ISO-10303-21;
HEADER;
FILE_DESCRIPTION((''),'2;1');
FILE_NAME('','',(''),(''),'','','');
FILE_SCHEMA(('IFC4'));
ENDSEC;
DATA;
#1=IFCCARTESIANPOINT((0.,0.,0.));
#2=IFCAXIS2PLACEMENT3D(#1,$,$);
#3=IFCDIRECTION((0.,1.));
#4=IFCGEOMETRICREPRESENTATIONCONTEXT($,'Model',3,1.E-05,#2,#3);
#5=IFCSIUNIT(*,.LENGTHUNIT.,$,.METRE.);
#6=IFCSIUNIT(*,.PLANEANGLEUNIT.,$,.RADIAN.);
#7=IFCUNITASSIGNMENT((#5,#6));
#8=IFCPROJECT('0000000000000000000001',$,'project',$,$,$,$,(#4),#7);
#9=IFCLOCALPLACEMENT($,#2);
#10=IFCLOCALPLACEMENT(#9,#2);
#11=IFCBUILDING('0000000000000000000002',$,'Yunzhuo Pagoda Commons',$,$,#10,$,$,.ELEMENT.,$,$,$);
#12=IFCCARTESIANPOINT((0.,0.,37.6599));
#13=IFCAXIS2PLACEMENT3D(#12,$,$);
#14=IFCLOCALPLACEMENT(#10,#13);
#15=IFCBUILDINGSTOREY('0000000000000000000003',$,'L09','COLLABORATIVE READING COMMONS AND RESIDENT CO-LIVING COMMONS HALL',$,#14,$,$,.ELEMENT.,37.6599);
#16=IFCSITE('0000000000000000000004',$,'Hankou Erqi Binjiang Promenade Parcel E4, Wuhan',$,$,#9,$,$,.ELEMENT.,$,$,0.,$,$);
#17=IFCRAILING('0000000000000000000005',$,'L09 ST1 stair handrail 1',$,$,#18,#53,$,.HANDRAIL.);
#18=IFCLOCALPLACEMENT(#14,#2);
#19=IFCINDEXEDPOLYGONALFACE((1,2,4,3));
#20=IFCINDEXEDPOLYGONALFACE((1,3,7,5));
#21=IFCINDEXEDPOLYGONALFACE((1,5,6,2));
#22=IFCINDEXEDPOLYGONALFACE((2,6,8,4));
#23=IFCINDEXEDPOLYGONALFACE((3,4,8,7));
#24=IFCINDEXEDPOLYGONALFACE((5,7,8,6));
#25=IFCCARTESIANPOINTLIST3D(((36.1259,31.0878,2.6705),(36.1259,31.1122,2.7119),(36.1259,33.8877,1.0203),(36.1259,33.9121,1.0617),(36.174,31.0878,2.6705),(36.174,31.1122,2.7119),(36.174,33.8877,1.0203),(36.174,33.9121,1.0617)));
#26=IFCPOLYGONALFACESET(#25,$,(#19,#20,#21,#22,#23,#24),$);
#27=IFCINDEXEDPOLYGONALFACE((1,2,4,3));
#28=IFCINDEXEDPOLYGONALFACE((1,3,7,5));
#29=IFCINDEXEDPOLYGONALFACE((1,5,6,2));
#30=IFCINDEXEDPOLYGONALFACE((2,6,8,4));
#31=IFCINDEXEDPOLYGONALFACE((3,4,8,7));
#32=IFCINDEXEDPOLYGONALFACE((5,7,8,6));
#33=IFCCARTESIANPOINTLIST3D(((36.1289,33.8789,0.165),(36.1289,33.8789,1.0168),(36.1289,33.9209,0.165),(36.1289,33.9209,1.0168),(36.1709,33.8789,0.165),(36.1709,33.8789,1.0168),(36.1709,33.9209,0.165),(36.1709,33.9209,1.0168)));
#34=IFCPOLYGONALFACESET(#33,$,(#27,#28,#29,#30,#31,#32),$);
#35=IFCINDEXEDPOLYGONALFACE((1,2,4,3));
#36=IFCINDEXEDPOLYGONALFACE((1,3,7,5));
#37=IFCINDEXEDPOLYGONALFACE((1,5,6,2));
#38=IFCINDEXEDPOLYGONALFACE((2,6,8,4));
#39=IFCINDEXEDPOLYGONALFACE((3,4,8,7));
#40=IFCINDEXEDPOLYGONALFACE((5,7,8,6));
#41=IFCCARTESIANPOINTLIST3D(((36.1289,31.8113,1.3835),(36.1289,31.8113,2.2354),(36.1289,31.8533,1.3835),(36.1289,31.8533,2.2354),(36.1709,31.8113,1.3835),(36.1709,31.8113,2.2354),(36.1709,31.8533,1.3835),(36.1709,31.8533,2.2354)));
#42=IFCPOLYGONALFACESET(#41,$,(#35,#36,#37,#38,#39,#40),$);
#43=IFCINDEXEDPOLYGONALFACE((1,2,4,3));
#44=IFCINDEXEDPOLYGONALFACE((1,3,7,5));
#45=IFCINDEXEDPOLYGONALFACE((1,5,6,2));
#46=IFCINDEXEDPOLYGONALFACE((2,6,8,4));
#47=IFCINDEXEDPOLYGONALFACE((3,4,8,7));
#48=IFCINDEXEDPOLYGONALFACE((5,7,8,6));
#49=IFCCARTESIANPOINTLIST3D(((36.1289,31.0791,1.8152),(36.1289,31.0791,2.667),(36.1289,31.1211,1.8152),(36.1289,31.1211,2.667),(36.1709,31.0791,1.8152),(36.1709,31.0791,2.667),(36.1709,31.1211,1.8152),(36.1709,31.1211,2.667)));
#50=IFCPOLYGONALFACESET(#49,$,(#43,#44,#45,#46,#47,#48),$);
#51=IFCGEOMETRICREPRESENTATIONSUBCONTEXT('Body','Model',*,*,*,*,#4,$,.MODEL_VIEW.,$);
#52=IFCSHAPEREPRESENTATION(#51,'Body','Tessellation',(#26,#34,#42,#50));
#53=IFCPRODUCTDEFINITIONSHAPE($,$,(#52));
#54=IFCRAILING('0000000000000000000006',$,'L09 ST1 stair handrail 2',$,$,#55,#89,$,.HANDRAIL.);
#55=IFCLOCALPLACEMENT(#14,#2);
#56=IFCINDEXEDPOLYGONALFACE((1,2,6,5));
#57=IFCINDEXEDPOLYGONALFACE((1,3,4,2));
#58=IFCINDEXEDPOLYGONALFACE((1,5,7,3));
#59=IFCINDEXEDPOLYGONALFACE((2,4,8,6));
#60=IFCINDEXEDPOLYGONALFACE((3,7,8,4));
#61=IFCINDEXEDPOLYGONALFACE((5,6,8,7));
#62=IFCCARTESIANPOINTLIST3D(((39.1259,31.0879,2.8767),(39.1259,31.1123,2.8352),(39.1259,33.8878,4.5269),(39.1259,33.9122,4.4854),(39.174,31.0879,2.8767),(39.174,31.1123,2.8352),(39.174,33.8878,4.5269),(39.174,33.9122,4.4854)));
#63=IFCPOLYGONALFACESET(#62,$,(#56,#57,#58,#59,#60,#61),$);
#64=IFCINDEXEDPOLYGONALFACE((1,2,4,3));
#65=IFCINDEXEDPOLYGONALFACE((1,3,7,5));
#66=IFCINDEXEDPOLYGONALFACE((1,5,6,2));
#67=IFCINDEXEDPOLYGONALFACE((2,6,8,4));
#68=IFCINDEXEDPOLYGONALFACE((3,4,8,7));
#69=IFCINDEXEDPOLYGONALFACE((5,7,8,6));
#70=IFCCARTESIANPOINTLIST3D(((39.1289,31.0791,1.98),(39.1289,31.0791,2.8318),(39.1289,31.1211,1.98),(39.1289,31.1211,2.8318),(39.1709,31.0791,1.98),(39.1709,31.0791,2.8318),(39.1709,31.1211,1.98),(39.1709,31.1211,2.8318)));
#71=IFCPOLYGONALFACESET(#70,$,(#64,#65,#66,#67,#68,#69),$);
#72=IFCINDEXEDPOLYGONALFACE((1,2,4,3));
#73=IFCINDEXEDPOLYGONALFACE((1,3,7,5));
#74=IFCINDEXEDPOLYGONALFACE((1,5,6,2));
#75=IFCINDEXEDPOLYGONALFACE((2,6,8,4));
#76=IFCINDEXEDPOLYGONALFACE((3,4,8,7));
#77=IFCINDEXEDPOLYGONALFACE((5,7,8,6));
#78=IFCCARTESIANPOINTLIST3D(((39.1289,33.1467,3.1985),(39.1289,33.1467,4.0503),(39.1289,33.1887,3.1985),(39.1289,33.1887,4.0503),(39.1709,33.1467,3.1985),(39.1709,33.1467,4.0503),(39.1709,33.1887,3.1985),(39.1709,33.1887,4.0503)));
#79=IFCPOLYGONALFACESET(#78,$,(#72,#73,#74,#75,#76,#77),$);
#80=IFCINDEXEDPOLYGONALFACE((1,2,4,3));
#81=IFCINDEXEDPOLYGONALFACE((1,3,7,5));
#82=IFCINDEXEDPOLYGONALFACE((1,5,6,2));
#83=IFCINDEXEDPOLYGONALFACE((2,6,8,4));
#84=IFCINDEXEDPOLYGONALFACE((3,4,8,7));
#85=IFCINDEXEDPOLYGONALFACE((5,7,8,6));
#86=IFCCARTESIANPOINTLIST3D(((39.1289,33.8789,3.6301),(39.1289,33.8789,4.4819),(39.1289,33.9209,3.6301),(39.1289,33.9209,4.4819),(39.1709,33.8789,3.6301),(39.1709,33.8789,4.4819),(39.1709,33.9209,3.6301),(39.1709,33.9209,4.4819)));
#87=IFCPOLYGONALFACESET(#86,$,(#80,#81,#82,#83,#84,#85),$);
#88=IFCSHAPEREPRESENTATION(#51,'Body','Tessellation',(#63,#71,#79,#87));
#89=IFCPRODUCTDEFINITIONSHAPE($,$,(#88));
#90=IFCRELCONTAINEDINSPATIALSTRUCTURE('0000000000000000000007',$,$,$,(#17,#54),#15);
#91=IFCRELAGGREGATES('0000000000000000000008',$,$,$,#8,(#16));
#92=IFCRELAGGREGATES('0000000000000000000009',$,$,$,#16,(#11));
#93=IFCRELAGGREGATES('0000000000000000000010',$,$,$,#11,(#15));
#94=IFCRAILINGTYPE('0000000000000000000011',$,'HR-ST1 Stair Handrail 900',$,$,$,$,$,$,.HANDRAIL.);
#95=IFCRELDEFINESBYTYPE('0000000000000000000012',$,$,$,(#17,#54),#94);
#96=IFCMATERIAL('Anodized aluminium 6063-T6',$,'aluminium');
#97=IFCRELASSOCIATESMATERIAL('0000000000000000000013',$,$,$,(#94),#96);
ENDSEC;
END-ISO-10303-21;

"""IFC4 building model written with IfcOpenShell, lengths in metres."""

from ifc_helpers import new_model, si_unit, direction, frame, origin, origin_2d, place, context, subcontext, project, spatial, rectangle, extrude, material, type_object, element, save


model = new_model("IFC4")

# Units and contexts
model_context = context("Model", 3, precision=1e-05, world=origin(), true_north=direction((0.0, 1.0)))
body_context = subcontext(model_context, "Body", "Model", "MODEL_VIEW")
ifc_project = project(units=[si_unit("LENGTHUNIT", "METRE"), si_unit("PLANEANGLEUNIT", "RADIAN")], contexts=[model_context])

# Site, building, storey
site_placement = place(None, origin())
site = spatial("IfcSite", under=ifc_project, at=site_placement, Name="Hankou Erqi Binjiang Promenade Parcel E4, Wuhan", CompositionType="ELEMENT", RefElevation=0.0)
building_placement = place(site_placement, origin())
building = spatial("IfcBuilding", under=site, at=building_placement, Name="Yunzhuo Pagoda Commons", CompositionType="ELEMENT")
storey_placement = place(building_placement, frame((0.0, 0.0, 37.6599)))
storey = spatial("IfcBuildingStorey", under=building, at=storey_placement, Name="L09", Description="COLLABORATIVE READING COMMONS AND RESIDENT CO-LIVING COMMONS HALL", CompositionType="ELEMENT", Elevation=37.6599)

# Railings
ifc_material_1 = material(Name="Anodized aluminium 6063-T6", Category="aluminium")
railing_type_1 = type_object("IfcRailingType", Name="HR-ST1 Stair Handrail 900", PredefinedType="HANDRAIL", material=ifc_material_1)
railing_1_placement = place(storey_placement, frame((36.1499, 33.8999, 0.165)))
element("IfcRailing", 1, at=railing_1_placement, inside=storey, type_object=railing_type_1, Name="L09 ST1 stair handrail 1", PredefinedType="HANDRAIL", context=body_context, shape_type="SweptSolid", body=[
    extrude(rectangle(XDim=0.0481, YDim=0.0481, at=origin_2d()), frame((0.0, 0.0, 0.876), z_axis=(0.0, -0.861503, 0.507752), x_axis=(1.0, 0.0, 0.0)), (0.0, 0.0, 1.0), 3.25),
    extrude(rectangle(XDim=0.042, YDim=0.042, at=origin_2d()), origin(), (0.0, 0.0, 1.0), 0.8518),
    extrude(rectangle(XDim=0.042, YDim=0.042, at=origin_2d()), frame((0.0, -2.0676, 1.2185)), (0.0, 0.0, 1.0), 0.8518),
    extrude(rectangle(XDim=0.042, YDim=0.042, at=origin_2d()), frame((0.0, -2.7998, 1.6501)), (0.0, 0.0, 1.0), 0.8518),
])
railing_2_placement = place(storey_placement, frame((39.1499, 31.1001, 1.98)))
element("IfcRailing", 2, at=railing_2_placement, inside=storey, type_object=railing_type_1, Name="L09 ST1 stair handrail 2", PredefinedType="HANDRAIL", context=body_context, shape_type="SweptSolid", body=[
    extrude(rectangle(XDim=0.0481, YDim=0.0481, at=origin_2d()), frame((0.0, 0.0, 0.876), z_axis=(0.0, 0.861503, 0.507752), x_axis=(-1.0, 0.0, 0.0)), (0.0, 0.0, 1.0), 3.25),
    extrude(rectangle(XDim=0.042, YDim=0.042, at=origin_2d()), origin(), (0.0, 0.0, 1.0), 0.8518),
    extrude(rectangle(XDim=0.042, YDim=0.042, at=origin_2d()), frame((0.0, 2.0676, 1.2185)), (0.0, 0.0, 1.0), 0.8518),
    extrude(rectangle(XDim=0.042, YDim=0.042, at=origin_2d()), frame((0.0, 2.7998, 1.6501)), (0.0, 0.0, 1.0), 0.8518),
])

save(model, "model.ifc")
